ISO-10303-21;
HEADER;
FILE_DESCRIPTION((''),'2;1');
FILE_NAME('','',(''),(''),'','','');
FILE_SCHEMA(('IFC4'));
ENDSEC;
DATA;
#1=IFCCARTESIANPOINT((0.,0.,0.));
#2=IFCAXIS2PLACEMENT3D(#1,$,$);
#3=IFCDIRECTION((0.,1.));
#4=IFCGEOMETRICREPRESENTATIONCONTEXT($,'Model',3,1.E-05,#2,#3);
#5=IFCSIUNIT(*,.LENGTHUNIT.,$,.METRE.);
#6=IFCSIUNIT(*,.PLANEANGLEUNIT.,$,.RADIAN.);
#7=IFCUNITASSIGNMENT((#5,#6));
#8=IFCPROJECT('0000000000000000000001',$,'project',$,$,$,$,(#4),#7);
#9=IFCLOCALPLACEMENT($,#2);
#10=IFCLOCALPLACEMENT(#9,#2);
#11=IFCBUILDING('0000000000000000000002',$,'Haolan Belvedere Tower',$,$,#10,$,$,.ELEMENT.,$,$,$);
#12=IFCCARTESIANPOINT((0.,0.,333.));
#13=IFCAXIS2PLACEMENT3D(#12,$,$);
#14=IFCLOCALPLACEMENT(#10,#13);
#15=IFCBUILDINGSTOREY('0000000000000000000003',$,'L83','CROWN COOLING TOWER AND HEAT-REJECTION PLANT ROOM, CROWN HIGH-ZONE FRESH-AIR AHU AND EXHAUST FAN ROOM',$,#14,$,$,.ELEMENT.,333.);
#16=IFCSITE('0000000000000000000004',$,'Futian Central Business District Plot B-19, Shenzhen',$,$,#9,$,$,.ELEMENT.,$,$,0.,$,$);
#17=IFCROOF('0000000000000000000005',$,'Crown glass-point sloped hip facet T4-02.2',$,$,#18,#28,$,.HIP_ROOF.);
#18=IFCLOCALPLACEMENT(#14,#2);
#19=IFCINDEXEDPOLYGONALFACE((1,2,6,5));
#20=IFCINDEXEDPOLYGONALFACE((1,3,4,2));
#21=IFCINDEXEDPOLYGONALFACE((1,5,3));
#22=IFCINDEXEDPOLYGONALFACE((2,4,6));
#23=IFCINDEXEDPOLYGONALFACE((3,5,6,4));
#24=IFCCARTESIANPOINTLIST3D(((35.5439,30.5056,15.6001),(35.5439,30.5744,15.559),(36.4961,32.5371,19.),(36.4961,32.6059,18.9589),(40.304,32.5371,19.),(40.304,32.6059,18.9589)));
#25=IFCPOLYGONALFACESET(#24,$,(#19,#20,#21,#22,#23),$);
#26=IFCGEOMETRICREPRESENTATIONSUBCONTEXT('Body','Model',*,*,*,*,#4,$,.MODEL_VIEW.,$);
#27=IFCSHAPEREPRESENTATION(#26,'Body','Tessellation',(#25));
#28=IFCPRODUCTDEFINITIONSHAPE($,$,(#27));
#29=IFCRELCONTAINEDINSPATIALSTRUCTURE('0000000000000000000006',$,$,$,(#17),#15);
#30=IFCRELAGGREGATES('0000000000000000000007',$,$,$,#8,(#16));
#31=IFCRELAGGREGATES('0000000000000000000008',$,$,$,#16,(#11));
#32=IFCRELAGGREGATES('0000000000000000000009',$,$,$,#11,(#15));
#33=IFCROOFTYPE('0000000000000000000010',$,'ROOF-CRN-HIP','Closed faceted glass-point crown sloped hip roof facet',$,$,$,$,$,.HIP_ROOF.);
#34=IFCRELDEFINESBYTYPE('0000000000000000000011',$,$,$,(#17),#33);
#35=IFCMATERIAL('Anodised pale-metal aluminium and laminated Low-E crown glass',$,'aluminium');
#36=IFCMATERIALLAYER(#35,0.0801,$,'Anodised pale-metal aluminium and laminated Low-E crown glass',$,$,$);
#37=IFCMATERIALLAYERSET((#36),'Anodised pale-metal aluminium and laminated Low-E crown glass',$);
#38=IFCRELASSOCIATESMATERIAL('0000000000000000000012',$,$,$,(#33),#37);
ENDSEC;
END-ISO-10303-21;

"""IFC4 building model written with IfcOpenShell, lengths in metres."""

from ifc_helpers import new_model, si_unit, direction, frame, origin, place, context, subcontext, project, spatial, polyline, outline, extrude, material, layer, layer_set, type_object, element, save


model = new_model("IFC4")

# Units and contexts
model_context = context("Model", 3, precision=1e-05, world=origin(), true_north=direction((0.0, 1.0)))
body_context = subcontext(model_context, "Body", "Model", "MODEL_VIEW")
ifc_project = project(units=[si_unit("LENGTHUNIT", "METRE"), si_unit("PLANEANGLEUNIT", "RADIAN")], contexts=[model_context])

# Site, building, storey
site_placement = place(None, origin())
site = spatial("IfcSite", under=ifc_project, at=site_placement, Name="Futian Central Business District Plot B-19, Shenzhen", CompositionType="ELEMENT", RefElevation=0.0)
building_placement = place(site_placement, origin())
building = spatial("IfcBuilding", under=site, at=building_placement, Name="Haolan Belvedere Tower", CompositionType="ELEMENT")
storey_placement = place(building_placement, frame((0.0, 0.0, 333.0)))
storey = spatial("IfcBuildingStorey", under=building, at=storey_placement, Name="L83", Description="CROWN COOLING TOWER AND HEAT-REJECTION PLANT ROOM, CROWN HIGH-ZONE FRESH-AIR AHU AND EXHAUST FAN ROOM", CompositionType="ELEMENT", Elevation=333.0)

# Roof
ifc_material_1 = material(Name="Anodised pale-metal aluminium and laminated Low-E crown glass", Category="aluminium")
ifc_layer_1 = layer(ifc_material_1, 0.0801, Name="Anodised pale-metal aluminium and laminated Low-E crown glass")
ifc_layer_set_1 = layer_set([ifc_layer_1], Name="Anodised pale-metal aluminium and laminated Low-E crown glass")
roof_type_1 = type_object("IfcRoofType", Name="ROOF-CRN-HIP", Description="Closed faceted glass-point crown sloped hip roof facet", PredefinedType="HIP_ROOF", material=ifc_layer_set_1)
roof_1_placement = place(storey_placement, frame((35.5439, 30.5056, 15.6001), z_axis=(0.0, -0.858432, 0.512927), x_axis=(0.768704, 0.32807, 0.549057)))
element("IfcRoof", 1, at=roof_1_placement, inside=storey, type_object=roof_type_1, Name="Crown glass-point sloped hip facet T4-02.2", PredefinedType="HIP_ROOF", context=body_context, shape_type="SweptSolid", body=[
    extrude(outline(polyline([(0.0, 0.0), (6.1923, 0.0), (3.2651, 2.4355), (0.0, 0.0)])), origin(), (0.0, 0.0, -1.0), 0.0801),
])

save(model, "model.ifc")
